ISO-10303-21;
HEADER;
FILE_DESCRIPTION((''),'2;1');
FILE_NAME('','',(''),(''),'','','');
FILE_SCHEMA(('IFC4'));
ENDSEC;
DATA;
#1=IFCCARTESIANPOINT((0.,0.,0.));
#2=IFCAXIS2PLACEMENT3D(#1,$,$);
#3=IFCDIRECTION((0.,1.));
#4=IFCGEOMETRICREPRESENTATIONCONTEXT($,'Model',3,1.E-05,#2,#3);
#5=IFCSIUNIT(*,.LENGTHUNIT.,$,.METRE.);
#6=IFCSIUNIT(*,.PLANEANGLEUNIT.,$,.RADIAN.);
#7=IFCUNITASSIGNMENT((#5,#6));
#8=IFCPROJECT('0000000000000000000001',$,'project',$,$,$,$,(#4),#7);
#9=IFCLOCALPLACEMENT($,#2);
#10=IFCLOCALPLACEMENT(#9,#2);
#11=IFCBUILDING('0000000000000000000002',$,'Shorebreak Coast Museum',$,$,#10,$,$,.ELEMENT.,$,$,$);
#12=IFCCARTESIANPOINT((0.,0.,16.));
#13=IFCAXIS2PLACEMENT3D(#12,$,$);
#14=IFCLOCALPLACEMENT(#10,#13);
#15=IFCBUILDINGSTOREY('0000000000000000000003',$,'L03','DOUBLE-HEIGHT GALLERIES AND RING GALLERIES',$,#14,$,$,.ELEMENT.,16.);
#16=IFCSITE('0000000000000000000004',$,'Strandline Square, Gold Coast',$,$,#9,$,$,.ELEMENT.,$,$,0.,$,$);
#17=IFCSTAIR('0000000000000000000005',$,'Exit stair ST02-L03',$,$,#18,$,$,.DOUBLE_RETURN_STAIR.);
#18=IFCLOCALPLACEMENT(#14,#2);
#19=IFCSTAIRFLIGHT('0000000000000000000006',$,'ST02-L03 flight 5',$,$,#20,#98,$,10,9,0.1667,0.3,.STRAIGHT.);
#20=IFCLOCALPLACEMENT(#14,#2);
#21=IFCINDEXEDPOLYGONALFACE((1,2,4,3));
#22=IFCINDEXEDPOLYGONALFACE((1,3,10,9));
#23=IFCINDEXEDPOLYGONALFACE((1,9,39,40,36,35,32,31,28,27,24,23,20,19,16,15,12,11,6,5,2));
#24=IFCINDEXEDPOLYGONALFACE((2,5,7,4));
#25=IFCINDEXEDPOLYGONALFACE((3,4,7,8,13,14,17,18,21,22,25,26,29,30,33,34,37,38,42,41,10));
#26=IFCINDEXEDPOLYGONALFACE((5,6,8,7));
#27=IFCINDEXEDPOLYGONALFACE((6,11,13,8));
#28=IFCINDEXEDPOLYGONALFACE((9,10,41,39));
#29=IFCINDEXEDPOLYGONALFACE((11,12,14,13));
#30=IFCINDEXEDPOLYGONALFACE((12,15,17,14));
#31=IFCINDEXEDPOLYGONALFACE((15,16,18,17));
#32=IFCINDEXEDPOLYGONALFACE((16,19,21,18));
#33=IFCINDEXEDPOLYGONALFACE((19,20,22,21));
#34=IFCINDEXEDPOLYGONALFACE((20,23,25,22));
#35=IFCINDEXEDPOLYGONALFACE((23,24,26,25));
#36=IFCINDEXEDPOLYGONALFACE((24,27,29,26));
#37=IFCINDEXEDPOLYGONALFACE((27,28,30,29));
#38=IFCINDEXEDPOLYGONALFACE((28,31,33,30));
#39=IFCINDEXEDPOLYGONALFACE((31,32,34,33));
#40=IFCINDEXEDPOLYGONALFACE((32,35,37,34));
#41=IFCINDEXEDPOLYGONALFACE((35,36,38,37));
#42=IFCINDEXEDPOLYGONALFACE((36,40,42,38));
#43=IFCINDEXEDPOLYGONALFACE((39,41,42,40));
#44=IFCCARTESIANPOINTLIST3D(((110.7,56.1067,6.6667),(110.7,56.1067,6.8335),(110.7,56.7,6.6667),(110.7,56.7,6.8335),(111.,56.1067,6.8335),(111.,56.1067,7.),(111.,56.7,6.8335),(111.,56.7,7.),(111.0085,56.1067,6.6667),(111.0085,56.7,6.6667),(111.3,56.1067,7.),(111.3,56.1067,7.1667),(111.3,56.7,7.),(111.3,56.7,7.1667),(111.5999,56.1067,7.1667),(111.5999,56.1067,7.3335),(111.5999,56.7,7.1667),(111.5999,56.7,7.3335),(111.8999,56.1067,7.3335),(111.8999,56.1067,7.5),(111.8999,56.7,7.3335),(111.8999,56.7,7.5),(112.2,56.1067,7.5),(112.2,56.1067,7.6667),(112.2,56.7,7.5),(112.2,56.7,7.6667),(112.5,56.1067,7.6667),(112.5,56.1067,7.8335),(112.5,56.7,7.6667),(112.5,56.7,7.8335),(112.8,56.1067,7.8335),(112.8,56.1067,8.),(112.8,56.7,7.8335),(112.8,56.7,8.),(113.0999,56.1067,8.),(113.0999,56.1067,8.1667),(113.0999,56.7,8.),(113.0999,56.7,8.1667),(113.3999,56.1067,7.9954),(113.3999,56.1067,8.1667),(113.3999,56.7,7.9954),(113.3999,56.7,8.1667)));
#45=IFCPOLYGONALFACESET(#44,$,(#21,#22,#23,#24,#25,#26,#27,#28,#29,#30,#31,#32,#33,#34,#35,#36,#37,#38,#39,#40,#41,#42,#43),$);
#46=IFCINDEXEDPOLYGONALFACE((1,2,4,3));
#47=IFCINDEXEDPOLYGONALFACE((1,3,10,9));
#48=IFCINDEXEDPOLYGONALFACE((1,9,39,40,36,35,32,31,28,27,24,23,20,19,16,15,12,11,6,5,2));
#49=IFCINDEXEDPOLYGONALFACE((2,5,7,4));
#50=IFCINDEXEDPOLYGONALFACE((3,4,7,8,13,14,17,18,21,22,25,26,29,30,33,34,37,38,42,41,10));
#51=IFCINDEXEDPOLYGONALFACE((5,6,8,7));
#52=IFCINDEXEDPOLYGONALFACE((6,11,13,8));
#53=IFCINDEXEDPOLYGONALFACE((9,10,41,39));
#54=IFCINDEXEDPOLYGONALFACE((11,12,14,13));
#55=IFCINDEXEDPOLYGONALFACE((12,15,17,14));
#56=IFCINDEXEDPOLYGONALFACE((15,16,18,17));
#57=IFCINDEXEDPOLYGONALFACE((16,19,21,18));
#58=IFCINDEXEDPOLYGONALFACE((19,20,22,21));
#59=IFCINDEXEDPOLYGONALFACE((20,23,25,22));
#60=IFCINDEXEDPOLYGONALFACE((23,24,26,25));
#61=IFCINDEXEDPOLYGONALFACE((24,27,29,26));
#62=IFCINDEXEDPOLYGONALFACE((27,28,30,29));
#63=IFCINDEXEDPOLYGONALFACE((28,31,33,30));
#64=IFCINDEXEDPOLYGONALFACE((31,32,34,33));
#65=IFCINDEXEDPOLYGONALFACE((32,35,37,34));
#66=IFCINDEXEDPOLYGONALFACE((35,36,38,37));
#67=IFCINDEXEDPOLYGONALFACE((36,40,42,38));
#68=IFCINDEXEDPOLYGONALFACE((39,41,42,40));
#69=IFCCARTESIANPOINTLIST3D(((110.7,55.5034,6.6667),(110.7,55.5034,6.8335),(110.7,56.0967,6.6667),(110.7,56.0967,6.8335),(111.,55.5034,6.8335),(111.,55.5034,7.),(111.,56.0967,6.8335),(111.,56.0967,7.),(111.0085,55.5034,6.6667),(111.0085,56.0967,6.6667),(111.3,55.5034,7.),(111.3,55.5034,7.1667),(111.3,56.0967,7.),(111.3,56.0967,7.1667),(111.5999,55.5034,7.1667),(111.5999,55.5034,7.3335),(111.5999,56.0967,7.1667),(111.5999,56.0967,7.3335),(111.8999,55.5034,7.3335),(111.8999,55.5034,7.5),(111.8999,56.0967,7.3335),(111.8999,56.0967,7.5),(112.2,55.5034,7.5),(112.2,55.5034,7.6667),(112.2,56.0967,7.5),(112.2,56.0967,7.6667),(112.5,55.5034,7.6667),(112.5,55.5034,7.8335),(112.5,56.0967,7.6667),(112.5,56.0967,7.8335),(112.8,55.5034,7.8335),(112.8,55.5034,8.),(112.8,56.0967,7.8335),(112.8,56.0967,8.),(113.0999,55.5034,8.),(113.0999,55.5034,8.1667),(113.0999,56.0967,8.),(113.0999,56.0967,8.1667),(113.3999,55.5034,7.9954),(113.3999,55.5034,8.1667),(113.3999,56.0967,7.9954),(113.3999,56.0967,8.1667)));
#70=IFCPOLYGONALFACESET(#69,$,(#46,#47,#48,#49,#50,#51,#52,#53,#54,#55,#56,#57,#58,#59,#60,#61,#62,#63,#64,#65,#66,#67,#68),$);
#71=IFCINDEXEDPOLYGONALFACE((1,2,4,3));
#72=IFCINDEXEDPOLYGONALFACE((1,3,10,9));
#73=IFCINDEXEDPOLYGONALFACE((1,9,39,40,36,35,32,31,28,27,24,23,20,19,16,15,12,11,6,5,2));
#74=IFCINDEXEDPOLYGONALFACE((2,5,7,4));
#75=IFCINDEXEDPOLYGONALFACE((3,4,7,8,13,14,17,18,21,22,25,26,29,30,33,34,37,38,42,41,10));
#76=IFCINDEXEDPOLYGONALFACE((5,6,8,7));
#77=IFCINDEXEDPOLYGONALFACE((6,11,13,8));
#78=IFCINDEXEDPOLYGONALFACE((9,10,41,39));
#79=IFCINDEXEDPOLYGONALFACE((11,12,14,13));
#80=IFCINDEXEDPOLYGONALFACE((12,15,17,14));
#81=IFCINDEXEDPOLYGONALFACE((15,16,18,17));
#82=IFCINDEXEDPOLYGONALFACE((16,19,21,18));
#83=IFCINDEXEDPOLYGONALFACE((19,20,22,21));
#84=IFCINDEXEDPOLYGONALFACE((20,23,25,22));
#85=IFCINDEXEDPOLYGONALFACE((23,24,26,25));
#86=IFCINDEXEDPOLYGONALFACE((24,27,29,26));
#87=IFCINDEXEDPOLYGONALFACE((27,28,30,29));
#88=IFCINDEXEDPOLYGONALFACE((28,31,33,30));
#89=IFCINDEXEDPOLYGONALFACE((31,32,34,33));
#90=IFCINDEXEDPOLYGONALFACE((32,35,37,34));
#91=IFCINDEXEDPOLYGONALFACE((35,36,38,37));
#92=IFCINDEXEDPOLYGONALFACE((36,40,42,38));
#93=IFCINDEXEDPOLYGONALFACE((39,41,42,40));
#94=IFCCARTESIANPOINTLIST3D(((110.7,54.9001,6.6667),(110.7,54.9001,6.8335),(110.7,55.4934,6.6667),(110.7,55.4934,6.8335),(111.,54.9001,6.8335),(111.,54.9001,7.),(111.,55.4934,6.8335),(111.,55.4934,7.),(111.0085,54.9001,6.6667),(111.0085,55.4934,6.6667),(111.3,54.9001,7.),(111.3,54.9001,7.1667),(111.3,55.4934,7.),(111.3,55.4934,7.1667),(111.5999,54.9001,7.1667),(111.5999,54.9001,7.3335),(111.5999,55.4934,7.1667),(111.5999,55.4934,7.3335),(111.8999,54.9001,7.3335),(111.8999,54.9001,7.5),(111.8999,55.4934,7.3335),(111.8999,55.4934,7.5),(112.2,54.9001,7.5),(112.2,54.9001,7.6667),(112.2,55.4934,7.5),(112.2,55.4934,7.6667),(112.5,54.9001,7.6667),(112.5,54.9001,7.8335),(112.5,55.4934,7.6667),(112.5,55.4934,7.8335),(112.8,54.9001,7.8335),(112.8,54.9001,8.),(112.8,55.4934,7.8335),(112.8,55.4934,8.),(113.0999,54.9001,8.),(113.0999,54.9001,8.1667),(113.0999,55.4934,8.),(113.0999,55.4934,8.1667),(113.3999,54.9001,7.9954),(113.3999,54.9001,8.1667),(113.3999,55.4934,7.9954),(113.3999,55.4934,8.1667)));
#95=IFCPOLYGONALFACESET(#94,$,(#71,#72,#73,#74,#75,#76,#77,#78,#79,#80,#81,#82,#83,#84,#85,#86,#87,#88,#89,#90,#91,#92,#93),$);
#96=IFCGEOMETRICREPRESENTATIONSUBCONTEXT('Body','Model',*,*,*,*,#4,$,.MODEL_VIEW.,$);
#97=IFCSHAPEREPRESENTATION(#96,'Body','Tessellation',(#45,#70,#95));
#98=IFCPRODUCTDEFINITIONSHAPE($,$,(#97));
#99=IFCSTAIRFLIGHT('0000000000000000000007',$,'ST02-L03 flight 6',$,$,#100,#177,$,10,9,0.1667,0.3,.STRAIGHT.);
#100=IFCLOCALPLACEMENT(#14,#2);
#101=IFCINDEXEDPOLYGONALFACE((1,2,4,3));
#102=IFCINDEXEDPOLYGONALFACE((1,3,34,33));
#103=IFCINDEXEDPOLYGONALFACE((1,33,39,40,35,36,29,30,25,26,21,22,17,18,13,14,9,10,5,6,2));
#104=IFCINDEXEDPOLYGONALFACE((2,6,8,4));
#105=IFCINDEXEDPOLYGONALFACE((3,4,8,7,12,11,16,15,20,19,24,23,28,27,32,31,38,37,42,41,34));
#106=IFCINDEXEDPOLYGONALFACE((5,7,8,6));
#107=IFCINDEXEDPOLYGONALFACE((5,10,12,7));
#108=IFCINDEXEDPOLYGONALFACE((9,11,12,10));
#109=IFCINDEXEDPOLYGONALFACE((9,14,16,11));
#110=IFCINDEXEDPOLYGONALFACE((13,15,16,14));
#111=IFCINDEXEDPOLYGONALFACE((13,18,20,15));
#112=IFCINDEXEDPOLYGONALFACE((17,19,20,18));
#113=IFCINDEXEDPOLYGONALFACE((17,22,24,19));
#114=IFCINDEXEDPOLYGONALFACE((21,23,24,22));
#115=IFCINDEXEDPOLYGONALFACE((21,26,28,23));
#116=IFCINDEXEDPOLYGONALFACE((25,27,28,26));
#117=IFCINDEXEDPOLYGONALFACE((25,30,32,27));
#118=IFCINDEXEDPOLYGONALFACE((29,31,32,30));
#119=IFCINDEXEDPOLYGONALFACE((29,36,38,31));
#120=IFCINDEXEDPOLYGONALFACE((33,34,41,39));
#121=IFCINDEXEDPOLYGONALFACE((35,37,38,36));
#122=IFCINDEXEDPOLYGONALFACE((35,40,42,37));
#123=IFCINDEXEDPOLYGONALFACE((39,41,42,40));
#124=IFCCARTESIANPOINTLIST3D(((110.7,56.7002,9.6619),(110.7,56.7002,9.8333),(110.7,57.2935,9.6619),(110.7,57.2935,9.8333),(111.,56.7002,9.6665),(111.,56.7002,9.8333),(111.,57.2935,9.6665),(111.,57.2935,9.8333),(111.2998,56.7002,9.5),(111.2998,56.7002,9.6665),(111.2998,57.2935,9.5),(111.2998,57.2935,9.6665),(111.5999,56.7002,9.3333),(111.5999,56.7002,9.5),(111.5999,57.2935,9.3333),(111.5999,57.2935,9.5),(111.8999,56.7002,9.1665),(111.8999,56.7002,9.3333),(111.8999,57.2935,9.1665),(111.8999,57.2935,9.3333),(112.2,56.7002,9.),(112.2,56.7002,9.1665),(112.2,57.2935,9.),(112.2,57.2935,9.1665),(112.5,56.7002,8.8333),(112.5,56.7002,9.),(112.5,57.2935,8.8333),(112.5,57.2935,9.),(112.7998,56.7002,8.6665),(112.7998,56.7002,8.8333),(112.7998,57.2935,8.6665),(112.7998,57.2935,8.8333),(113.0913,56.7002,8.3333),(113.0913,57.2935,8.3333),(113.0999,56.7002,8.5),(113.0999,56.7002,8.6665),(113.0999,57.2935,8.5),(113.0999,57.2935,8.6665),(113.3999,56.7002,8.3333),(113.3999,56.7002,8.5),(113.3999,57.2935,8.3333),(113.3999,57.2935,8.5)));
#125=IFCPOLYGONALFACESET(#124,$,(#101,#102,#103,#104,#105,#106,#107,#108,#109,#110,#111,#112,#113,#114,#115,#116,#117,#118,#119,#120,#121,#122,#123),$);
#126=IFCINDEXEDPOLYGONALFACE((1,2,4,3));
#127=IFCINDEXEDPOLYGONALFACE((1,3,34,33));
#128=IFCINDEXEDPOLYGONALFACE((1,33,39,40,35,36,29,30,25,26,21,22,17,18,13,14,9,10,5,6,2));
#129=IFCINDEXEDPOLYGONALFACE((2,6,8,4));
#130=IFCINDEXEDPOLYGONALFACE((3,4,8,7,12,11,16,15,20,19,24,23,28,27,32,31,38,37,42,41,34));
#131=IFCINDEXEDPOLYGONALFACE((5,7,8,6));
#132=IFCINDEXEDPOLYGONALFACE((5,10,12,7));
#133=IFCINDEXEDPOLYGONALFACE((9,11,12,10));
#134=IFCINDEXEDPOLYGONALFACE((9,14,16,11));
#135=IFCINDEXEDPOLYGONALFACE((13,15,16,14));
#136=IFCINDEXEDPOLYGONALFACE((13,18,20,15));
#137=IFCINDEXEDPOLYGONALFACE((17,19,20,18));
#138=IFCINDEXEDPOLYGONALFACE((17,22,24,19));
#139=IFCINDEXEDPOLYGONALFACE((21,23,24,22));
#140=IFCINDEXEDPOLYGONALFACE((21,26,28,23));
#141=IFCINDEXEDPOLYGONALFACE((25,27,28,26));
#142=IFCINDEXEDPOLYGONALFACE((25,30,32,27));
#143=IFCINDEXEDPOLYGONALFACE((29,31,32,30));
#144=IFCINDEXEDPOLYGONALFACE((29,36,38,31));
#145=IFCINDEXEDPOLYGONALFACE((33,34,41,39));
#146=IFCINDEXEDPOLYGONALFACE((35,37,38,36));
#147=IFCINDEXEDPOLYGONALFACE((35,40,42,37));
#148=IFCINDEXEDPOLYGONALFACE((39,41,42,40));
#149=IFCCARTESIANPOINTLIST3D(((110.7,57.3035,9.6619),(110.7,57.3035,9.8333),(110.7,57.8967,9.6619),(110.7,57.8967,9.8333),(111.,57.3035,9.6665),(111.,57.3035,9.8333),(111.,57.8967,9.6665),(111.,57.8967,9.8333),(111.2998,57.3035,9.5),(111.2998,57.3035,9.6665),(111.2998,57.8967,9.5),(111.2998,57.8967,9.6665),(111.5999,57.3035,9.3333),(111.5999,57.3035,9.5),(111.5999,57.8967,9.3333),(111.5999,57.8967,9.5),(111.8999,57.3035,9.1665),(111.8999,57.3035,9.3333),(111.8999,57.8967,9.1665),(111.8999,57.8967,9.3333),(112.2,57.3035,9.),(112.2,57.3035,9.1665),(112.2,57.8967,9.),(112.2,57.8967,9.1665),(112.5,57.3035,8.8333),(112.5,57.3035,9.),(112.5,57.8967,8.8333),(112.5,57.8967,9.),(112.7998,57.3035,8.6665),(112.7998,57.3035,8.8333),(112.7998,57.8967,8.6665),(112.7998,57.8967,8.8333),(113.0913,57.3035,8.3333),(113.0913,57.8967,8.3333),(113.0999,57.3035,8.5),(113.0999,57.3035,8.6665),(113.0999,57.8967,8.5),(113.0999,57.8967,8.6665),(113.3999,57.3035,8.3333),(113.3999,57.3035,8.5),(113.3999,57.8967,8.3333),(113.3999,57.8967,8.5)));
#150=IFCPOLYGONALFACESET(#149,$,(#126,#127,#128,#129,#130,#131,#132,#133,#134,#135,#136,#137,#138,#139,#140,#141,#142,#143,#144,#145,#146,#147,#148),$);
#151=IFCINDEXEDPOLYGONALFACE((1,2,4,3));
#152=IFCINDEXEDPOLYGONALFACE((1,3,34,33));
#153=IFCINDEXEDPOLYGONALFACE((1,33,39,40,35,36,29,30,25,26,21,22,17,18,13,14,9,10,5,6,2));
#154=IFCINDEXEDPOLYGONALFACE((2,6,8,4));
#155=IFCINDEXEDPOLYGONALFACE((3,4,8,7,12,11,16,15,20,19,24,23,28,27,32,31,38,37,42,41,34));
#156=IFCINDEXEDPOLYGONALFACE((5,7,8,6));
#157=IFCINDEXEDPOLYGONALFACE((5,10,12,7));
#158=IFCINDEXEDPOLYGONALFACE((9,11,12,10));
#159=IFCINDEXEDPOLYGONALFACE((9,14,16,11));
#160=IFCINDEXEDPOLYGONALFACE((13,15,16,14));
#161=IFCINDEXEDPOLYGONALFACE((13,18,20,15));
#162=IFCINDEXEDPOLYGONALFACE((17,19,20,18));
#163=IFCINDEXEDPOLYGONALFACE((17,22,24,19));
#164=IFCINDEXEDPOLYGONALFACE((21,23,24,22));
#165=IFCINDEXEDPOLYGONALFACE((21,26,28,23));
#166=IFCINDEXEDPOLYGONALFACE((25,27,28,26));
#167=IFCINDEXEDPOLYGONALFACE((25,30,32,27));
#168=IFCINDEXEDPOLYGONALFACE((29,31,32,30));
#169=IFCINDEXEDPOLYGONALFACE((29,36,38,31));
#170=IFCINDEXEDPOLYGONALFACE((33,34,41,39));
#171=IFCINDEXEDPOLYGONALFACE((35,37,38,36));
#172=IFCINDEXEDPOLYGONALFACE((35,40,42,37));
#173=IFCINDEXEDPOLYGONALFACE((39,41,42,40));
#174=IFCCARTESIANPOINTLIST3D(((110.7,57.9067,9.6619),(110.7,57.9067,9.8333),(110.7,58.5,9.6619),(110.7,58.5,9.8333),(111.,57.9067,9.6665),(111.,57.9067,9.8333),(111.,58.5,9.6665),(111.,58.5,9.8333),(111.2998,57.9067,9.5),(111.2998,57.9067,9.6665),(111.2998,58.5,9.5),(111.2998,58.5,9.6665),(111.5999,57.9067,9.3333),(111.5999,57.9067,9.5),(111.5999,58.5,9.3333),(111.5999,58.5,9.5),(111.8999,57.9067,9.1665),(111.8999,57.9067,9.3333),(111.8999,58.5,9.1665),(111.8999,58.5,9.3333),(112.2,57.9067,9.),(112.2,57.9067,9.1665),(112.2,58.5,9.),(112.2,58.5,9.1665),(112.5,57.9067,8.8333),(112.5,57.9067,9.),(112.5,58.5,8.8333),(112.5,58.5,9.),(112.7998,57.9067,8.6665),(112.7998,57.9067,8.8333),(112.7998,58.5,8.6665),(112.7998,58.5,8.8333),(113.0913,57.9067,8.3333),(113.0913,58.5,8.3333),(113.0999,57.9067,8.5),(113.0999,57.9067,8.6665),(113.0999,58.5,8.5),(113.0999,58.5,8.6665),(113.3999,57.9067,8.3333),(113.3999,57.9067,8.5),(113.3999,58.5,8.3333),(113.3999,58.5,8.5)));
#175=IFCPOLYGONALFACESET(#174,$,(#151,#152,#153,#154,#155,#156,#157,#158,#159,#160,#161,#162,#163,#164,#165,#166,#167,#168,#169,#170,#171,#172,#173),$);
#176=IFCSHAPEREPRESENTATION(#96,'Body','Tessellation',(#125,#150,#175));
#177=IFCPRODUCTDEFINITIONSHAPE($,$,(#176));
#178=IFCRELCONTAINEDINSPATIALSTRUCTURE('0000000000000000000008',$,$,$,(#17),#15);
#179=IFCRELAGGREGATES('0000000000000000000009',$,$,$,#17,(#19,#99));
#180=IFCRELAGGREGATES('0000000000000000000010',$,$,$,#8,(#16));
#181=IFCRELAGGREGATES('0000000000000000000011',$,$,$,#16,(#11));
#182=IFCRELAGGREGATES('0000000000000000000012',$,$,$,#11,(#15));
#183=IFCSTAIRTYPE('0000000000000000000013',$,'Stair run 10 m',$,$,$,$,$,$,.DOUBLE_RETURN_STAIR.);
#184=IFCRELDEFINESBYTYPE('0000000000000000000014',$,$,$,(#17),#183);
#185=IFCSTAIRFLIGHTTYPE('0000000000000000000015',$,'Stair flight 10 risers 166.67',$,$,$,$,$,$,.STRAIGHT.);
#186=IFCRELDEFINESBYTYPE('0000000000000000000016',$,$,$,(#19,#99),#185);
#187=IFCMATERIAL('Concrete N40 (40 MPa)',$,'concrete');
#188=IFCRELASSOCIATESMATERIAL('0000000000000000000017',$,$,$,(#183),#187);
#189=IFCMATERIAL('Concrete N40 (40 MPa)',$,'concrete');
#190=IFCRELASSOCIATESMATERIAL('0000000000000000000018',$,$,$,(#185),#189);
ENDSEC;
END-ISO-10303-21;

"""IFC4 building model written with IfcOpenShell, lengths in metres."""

from ifc_helpers import new_model, si_unit, direction, frame, origin, place, context, subcontext, project, spatial, polyline, outline, extrude, material, type_object, element, aggregate, save


model = new_model("IFC4")

# Units and contexts
model_context = context("Model", 3, precision=1e-05, world=origin(), true_north=direction((0.0, 1.0)))
body_context = subcontext(model_context, "Body", "Model", "MODEL_VIEW")
ifc_project = project(units=[si_unit("LENGTHUNIT", "METRE"), si_unit("PLANEANGLEUNIT", "RADIAN")], contexts=[model_context])

# Site, building, storey
site_placement = place(None, origin())
site = spatial("IfcSite", under=ifc_project, at=site_placement, Name="Strandline Square, Gold Coast", CompositionType="ELEMENT", RefElevation=0.0)
building_placement = place(site_placement, origin())
building = spatial("IfcBuilding", under=site, at=building_placement, Name="Shorebreak Coast Museum", CompositionType="ELEMENT")
storey_placement = place(building_placement, frame((0.0, 0.0, 16.0)))
storey = spatial("IfcBuildingStorey", under=building, at=storey_placement, Name="L03", Description="DOUBLE-HEIGHT GALLERIES AND RING GALLERIES", CompositionType="ELEMENT", Elevation=16.0)

# Stair, stair flights
ifc_material_1 = material(Name="Concrete N40 (40 MPa)", Category="concrete")
stair_type = type_object("IfcStairType", Name="Stair run 10 m", PredefinedType="DOUBLE_RETURN_STAIR", material=ifc_material_1)
stair_placement = place(storey_placement, origin())
stair = element("IfcStair", 1, at=stair_placement, inside=storey, type_object=stair_type, Name="Exit stair ST02-L03", PredefinedType="DOUBLE_RETURN_STAIR")
ifc_material_2 = material(Name="Concrete N40 (40 MPa)", Category="concrete")
stair_flight_type = type_object("IfcStairFlightType", Name="Stair flight 10 risers 166.67", PredefinedType="STRAIGHT", material=ifc_material_2)
stair_flight_1_placement = place(storey_placement, frame((110.7, 55.8, 6.6667), z_axis=(0.0, 0.0, 1.0), x_axis=(1.0, 0.0, 0.0)))
stair_flight_1 = element("IfcStairFlight", 2, at=stair_flight_1_placement, type_object=stair_flight_type, Name="ST02-L03 flight 5", NumberOfRisers=10, NumberOfTreads=9, PredefinedType="STRAIGHT", RiserHeight=0.1667, TreadLength=0.3, context=body_context, shape_type="SweptSolid", body=[
    extrude(outline(polyline([(0.0, 0.0), (0.0, 0.1667), (0.3, 0.1667), (0.3, 0.3333), (0.6001, 0.3333), (0.6001, 0.5), (0.8999, 0.5), (0.8999, 0.6667), (1.2, 0.6667), (1.2, 0.8333), (1.5, 0.8333), (1.5, 1.0), (1.8, 1.0), (1.8, 1.1667), (2.1001, 1.1667), (2.1001, 1.3333), (2.3999, 1.3333), (2.3999, 1.5), (2.7, 1.5), (2.7, 1.6667), (2.7, 1.3286), (0.3086, 0.0), (0.0, 0.0)])), frame((0.0, 0.8999, 0.0), z_axis=(0.0, -1.0, 0.0), x_axis=(1.0, 0.0, 0.0)), (0.0, 0.0, 1.0), 0.5933),
    extrude(outline(polyline([(0.0, 0.0), (0.0, 0.1667), (0.3, 0.1667), (0.3, 0.3333), (0.6001, 0.3333), (0.6001, 0.5), (0.8999, 0.5), (0.8999, 0.6667), (1.2, 0.6667), (1.2, 0.8333), (1.5, 0.8333), (1.5, 1.0), (1.8, 1.0), (1.8, 1.1667), (2.1001, 1.1667), (2.1001, 1.3333), (2.3999, 1.3333), (2.3999, 1.5), (2.7, 1.5), (2.7, 1.6667), (2.7, 1.3286), (0.3086, 0.0), (0.0, 0.0)])), frame((0.0, 0.2966, 0.0), z_axis=(0.0, -1.0, 0.0), x_axis=(1.0, 0.0, 0.0)), (0.0, 0.0, 1.0), 0.5933),
    extrude(outline(polyline([(0.0, 0.0), (0.0, 0.1667), (0.3, 0.1667), (0.3, 0.3333), (0.6001, 0.3333), (0.6001, 0.5), (0.8999, 0.5), (0.8999, 0.6667), (1.2, 0.6667), (1.2, 0.8333), (1.5, 0.8333), (1.5, 1.0), (1.8, 1.0), (1.8, 1.1667), (2.1001, 1.1667), (2.1001, 1.3333), (2.3999, 1.3333), (2.3999, 1.5), (2.7, 1.5), (2.7, 1.6667), (2.7, 1.3286), (0.3086, 0.0), (0.0, 0.0)])), frame((0.0, -0.3066, 0.0), z_axis=(0.0, -1.0, 0.0), x_axis=(1.0, 0.0, 0.0)), (0.0, 0.0, 1.0), 0.5933),
])
stair_flight_2_placement = place(storey_placement, frame((113.3999, 57.6001, 8.3333), z_axis=(0.0, 0.0, 1.0), x_axis=(-1.0, 0.0, 0.0)))
stair_flight_2 = element("IfcStairFlight", 3, at=stair_flight_2_placement, type_object=stair_flight_type, Name="ST02-L03 flight 6", NumberOfRisers=10, NumberOfTreads=9, PredefinedType="STRAIGHT", RiserHeight=0.1667, TreadLength=0.3, context=body_context, shape_type="SweptSolid", body=[
    extrude(outline(polyline([(0.0, 0.0), (0.0, 0.1667), (0.3, 0.1667), (0.3, 0.3333), (0.6001, 0.3333), (0.6001, 0.5), (0.8999, 0.5), (0.8999, 0.6667), (1.2, 0.6667), (1.2, 0.8333), (1.5, 0.8333), (1.5, 1.0), (1.8, 1.0), (1.8, 1.1667), (2.1001, 1.1667), (2.1001, 1.3333), (2.3999, 1.3333), (2.3999, 1.5), (2.7, 1.5), (2.7, 1.6667), (2.7, 1.3286), (0.3086, 0.0), (0.0, 0.0)])), frame((0.0, 0.8999, 0.0), z_axis=(0.0, -1.0, 0.0), x_axis=(1.0, 0.0, 0.0)), (0.0, 0.0, 1.0), 0.5933),
    extrude(outline(polyline([(0.0, 0.0), (0.0, 0.1667), (0.3, 0.1667), (0.3, 0.3333), (0.6001, 0.3333), (0.6001, 0.5), (0.8999, 0.5), (0.8999, 0.6667), (1.2, 0.6667), (1.2, 0.8333), (1.5, 0.8333), (1.5, 1.0), (1.8, 1.0), (1.8, 1.1667), (2.1001, 1.1667), (2.1001, 1.3333), (2.3999, 1.3333), (2.3999, 1.5), (2.7, 1.5), (2.7, 1.6667), (2.7, 1.3286), (0.3086, 0.0), (0.0, 0.0)])), frame((0.0, 0.2966, 0.0), z_axis=(0.0, -1.0, 0.0), x_axis=(1.0, 0.0, 0.0)), (0.0, 0.0, 1.0), 0.5933),
    extrude(outline(polyline([(0.0, 0.0), (0.0, 0.1667), (0.3, 0.1667), (0.3, 0.3333), (0.6001, 0.3333), (0.6001, 0.5), (0.8999, 0.5), (0.8999, 0.6667), (1.2, 0.6667), (1.2, 0.8333), (1.5, 0.8333), (1.5, 1.0), (1.8, 1.0), (1.8, 1.1667), (2.1001, 1.1667), (2.1001, 1.3333), (2.3999, 1.3333), (2.3999, 1.5), (2.7, 1.5), (2.7, 1.6667), (2.7, 1.3286), (0.3086, 0.0), (0.0, 0.0)])), frame((0.0, -0.3066, 0.0), z_axis=(0.0, -1.0, 0.0), x_axis=(1.0, 0.0, 0.0)), (0.0, 0.0, 1.0), 0.5933),
])
aggregate(stair, [stair_flight_1, stair_flight_2])

save(model, "model.ifc")
